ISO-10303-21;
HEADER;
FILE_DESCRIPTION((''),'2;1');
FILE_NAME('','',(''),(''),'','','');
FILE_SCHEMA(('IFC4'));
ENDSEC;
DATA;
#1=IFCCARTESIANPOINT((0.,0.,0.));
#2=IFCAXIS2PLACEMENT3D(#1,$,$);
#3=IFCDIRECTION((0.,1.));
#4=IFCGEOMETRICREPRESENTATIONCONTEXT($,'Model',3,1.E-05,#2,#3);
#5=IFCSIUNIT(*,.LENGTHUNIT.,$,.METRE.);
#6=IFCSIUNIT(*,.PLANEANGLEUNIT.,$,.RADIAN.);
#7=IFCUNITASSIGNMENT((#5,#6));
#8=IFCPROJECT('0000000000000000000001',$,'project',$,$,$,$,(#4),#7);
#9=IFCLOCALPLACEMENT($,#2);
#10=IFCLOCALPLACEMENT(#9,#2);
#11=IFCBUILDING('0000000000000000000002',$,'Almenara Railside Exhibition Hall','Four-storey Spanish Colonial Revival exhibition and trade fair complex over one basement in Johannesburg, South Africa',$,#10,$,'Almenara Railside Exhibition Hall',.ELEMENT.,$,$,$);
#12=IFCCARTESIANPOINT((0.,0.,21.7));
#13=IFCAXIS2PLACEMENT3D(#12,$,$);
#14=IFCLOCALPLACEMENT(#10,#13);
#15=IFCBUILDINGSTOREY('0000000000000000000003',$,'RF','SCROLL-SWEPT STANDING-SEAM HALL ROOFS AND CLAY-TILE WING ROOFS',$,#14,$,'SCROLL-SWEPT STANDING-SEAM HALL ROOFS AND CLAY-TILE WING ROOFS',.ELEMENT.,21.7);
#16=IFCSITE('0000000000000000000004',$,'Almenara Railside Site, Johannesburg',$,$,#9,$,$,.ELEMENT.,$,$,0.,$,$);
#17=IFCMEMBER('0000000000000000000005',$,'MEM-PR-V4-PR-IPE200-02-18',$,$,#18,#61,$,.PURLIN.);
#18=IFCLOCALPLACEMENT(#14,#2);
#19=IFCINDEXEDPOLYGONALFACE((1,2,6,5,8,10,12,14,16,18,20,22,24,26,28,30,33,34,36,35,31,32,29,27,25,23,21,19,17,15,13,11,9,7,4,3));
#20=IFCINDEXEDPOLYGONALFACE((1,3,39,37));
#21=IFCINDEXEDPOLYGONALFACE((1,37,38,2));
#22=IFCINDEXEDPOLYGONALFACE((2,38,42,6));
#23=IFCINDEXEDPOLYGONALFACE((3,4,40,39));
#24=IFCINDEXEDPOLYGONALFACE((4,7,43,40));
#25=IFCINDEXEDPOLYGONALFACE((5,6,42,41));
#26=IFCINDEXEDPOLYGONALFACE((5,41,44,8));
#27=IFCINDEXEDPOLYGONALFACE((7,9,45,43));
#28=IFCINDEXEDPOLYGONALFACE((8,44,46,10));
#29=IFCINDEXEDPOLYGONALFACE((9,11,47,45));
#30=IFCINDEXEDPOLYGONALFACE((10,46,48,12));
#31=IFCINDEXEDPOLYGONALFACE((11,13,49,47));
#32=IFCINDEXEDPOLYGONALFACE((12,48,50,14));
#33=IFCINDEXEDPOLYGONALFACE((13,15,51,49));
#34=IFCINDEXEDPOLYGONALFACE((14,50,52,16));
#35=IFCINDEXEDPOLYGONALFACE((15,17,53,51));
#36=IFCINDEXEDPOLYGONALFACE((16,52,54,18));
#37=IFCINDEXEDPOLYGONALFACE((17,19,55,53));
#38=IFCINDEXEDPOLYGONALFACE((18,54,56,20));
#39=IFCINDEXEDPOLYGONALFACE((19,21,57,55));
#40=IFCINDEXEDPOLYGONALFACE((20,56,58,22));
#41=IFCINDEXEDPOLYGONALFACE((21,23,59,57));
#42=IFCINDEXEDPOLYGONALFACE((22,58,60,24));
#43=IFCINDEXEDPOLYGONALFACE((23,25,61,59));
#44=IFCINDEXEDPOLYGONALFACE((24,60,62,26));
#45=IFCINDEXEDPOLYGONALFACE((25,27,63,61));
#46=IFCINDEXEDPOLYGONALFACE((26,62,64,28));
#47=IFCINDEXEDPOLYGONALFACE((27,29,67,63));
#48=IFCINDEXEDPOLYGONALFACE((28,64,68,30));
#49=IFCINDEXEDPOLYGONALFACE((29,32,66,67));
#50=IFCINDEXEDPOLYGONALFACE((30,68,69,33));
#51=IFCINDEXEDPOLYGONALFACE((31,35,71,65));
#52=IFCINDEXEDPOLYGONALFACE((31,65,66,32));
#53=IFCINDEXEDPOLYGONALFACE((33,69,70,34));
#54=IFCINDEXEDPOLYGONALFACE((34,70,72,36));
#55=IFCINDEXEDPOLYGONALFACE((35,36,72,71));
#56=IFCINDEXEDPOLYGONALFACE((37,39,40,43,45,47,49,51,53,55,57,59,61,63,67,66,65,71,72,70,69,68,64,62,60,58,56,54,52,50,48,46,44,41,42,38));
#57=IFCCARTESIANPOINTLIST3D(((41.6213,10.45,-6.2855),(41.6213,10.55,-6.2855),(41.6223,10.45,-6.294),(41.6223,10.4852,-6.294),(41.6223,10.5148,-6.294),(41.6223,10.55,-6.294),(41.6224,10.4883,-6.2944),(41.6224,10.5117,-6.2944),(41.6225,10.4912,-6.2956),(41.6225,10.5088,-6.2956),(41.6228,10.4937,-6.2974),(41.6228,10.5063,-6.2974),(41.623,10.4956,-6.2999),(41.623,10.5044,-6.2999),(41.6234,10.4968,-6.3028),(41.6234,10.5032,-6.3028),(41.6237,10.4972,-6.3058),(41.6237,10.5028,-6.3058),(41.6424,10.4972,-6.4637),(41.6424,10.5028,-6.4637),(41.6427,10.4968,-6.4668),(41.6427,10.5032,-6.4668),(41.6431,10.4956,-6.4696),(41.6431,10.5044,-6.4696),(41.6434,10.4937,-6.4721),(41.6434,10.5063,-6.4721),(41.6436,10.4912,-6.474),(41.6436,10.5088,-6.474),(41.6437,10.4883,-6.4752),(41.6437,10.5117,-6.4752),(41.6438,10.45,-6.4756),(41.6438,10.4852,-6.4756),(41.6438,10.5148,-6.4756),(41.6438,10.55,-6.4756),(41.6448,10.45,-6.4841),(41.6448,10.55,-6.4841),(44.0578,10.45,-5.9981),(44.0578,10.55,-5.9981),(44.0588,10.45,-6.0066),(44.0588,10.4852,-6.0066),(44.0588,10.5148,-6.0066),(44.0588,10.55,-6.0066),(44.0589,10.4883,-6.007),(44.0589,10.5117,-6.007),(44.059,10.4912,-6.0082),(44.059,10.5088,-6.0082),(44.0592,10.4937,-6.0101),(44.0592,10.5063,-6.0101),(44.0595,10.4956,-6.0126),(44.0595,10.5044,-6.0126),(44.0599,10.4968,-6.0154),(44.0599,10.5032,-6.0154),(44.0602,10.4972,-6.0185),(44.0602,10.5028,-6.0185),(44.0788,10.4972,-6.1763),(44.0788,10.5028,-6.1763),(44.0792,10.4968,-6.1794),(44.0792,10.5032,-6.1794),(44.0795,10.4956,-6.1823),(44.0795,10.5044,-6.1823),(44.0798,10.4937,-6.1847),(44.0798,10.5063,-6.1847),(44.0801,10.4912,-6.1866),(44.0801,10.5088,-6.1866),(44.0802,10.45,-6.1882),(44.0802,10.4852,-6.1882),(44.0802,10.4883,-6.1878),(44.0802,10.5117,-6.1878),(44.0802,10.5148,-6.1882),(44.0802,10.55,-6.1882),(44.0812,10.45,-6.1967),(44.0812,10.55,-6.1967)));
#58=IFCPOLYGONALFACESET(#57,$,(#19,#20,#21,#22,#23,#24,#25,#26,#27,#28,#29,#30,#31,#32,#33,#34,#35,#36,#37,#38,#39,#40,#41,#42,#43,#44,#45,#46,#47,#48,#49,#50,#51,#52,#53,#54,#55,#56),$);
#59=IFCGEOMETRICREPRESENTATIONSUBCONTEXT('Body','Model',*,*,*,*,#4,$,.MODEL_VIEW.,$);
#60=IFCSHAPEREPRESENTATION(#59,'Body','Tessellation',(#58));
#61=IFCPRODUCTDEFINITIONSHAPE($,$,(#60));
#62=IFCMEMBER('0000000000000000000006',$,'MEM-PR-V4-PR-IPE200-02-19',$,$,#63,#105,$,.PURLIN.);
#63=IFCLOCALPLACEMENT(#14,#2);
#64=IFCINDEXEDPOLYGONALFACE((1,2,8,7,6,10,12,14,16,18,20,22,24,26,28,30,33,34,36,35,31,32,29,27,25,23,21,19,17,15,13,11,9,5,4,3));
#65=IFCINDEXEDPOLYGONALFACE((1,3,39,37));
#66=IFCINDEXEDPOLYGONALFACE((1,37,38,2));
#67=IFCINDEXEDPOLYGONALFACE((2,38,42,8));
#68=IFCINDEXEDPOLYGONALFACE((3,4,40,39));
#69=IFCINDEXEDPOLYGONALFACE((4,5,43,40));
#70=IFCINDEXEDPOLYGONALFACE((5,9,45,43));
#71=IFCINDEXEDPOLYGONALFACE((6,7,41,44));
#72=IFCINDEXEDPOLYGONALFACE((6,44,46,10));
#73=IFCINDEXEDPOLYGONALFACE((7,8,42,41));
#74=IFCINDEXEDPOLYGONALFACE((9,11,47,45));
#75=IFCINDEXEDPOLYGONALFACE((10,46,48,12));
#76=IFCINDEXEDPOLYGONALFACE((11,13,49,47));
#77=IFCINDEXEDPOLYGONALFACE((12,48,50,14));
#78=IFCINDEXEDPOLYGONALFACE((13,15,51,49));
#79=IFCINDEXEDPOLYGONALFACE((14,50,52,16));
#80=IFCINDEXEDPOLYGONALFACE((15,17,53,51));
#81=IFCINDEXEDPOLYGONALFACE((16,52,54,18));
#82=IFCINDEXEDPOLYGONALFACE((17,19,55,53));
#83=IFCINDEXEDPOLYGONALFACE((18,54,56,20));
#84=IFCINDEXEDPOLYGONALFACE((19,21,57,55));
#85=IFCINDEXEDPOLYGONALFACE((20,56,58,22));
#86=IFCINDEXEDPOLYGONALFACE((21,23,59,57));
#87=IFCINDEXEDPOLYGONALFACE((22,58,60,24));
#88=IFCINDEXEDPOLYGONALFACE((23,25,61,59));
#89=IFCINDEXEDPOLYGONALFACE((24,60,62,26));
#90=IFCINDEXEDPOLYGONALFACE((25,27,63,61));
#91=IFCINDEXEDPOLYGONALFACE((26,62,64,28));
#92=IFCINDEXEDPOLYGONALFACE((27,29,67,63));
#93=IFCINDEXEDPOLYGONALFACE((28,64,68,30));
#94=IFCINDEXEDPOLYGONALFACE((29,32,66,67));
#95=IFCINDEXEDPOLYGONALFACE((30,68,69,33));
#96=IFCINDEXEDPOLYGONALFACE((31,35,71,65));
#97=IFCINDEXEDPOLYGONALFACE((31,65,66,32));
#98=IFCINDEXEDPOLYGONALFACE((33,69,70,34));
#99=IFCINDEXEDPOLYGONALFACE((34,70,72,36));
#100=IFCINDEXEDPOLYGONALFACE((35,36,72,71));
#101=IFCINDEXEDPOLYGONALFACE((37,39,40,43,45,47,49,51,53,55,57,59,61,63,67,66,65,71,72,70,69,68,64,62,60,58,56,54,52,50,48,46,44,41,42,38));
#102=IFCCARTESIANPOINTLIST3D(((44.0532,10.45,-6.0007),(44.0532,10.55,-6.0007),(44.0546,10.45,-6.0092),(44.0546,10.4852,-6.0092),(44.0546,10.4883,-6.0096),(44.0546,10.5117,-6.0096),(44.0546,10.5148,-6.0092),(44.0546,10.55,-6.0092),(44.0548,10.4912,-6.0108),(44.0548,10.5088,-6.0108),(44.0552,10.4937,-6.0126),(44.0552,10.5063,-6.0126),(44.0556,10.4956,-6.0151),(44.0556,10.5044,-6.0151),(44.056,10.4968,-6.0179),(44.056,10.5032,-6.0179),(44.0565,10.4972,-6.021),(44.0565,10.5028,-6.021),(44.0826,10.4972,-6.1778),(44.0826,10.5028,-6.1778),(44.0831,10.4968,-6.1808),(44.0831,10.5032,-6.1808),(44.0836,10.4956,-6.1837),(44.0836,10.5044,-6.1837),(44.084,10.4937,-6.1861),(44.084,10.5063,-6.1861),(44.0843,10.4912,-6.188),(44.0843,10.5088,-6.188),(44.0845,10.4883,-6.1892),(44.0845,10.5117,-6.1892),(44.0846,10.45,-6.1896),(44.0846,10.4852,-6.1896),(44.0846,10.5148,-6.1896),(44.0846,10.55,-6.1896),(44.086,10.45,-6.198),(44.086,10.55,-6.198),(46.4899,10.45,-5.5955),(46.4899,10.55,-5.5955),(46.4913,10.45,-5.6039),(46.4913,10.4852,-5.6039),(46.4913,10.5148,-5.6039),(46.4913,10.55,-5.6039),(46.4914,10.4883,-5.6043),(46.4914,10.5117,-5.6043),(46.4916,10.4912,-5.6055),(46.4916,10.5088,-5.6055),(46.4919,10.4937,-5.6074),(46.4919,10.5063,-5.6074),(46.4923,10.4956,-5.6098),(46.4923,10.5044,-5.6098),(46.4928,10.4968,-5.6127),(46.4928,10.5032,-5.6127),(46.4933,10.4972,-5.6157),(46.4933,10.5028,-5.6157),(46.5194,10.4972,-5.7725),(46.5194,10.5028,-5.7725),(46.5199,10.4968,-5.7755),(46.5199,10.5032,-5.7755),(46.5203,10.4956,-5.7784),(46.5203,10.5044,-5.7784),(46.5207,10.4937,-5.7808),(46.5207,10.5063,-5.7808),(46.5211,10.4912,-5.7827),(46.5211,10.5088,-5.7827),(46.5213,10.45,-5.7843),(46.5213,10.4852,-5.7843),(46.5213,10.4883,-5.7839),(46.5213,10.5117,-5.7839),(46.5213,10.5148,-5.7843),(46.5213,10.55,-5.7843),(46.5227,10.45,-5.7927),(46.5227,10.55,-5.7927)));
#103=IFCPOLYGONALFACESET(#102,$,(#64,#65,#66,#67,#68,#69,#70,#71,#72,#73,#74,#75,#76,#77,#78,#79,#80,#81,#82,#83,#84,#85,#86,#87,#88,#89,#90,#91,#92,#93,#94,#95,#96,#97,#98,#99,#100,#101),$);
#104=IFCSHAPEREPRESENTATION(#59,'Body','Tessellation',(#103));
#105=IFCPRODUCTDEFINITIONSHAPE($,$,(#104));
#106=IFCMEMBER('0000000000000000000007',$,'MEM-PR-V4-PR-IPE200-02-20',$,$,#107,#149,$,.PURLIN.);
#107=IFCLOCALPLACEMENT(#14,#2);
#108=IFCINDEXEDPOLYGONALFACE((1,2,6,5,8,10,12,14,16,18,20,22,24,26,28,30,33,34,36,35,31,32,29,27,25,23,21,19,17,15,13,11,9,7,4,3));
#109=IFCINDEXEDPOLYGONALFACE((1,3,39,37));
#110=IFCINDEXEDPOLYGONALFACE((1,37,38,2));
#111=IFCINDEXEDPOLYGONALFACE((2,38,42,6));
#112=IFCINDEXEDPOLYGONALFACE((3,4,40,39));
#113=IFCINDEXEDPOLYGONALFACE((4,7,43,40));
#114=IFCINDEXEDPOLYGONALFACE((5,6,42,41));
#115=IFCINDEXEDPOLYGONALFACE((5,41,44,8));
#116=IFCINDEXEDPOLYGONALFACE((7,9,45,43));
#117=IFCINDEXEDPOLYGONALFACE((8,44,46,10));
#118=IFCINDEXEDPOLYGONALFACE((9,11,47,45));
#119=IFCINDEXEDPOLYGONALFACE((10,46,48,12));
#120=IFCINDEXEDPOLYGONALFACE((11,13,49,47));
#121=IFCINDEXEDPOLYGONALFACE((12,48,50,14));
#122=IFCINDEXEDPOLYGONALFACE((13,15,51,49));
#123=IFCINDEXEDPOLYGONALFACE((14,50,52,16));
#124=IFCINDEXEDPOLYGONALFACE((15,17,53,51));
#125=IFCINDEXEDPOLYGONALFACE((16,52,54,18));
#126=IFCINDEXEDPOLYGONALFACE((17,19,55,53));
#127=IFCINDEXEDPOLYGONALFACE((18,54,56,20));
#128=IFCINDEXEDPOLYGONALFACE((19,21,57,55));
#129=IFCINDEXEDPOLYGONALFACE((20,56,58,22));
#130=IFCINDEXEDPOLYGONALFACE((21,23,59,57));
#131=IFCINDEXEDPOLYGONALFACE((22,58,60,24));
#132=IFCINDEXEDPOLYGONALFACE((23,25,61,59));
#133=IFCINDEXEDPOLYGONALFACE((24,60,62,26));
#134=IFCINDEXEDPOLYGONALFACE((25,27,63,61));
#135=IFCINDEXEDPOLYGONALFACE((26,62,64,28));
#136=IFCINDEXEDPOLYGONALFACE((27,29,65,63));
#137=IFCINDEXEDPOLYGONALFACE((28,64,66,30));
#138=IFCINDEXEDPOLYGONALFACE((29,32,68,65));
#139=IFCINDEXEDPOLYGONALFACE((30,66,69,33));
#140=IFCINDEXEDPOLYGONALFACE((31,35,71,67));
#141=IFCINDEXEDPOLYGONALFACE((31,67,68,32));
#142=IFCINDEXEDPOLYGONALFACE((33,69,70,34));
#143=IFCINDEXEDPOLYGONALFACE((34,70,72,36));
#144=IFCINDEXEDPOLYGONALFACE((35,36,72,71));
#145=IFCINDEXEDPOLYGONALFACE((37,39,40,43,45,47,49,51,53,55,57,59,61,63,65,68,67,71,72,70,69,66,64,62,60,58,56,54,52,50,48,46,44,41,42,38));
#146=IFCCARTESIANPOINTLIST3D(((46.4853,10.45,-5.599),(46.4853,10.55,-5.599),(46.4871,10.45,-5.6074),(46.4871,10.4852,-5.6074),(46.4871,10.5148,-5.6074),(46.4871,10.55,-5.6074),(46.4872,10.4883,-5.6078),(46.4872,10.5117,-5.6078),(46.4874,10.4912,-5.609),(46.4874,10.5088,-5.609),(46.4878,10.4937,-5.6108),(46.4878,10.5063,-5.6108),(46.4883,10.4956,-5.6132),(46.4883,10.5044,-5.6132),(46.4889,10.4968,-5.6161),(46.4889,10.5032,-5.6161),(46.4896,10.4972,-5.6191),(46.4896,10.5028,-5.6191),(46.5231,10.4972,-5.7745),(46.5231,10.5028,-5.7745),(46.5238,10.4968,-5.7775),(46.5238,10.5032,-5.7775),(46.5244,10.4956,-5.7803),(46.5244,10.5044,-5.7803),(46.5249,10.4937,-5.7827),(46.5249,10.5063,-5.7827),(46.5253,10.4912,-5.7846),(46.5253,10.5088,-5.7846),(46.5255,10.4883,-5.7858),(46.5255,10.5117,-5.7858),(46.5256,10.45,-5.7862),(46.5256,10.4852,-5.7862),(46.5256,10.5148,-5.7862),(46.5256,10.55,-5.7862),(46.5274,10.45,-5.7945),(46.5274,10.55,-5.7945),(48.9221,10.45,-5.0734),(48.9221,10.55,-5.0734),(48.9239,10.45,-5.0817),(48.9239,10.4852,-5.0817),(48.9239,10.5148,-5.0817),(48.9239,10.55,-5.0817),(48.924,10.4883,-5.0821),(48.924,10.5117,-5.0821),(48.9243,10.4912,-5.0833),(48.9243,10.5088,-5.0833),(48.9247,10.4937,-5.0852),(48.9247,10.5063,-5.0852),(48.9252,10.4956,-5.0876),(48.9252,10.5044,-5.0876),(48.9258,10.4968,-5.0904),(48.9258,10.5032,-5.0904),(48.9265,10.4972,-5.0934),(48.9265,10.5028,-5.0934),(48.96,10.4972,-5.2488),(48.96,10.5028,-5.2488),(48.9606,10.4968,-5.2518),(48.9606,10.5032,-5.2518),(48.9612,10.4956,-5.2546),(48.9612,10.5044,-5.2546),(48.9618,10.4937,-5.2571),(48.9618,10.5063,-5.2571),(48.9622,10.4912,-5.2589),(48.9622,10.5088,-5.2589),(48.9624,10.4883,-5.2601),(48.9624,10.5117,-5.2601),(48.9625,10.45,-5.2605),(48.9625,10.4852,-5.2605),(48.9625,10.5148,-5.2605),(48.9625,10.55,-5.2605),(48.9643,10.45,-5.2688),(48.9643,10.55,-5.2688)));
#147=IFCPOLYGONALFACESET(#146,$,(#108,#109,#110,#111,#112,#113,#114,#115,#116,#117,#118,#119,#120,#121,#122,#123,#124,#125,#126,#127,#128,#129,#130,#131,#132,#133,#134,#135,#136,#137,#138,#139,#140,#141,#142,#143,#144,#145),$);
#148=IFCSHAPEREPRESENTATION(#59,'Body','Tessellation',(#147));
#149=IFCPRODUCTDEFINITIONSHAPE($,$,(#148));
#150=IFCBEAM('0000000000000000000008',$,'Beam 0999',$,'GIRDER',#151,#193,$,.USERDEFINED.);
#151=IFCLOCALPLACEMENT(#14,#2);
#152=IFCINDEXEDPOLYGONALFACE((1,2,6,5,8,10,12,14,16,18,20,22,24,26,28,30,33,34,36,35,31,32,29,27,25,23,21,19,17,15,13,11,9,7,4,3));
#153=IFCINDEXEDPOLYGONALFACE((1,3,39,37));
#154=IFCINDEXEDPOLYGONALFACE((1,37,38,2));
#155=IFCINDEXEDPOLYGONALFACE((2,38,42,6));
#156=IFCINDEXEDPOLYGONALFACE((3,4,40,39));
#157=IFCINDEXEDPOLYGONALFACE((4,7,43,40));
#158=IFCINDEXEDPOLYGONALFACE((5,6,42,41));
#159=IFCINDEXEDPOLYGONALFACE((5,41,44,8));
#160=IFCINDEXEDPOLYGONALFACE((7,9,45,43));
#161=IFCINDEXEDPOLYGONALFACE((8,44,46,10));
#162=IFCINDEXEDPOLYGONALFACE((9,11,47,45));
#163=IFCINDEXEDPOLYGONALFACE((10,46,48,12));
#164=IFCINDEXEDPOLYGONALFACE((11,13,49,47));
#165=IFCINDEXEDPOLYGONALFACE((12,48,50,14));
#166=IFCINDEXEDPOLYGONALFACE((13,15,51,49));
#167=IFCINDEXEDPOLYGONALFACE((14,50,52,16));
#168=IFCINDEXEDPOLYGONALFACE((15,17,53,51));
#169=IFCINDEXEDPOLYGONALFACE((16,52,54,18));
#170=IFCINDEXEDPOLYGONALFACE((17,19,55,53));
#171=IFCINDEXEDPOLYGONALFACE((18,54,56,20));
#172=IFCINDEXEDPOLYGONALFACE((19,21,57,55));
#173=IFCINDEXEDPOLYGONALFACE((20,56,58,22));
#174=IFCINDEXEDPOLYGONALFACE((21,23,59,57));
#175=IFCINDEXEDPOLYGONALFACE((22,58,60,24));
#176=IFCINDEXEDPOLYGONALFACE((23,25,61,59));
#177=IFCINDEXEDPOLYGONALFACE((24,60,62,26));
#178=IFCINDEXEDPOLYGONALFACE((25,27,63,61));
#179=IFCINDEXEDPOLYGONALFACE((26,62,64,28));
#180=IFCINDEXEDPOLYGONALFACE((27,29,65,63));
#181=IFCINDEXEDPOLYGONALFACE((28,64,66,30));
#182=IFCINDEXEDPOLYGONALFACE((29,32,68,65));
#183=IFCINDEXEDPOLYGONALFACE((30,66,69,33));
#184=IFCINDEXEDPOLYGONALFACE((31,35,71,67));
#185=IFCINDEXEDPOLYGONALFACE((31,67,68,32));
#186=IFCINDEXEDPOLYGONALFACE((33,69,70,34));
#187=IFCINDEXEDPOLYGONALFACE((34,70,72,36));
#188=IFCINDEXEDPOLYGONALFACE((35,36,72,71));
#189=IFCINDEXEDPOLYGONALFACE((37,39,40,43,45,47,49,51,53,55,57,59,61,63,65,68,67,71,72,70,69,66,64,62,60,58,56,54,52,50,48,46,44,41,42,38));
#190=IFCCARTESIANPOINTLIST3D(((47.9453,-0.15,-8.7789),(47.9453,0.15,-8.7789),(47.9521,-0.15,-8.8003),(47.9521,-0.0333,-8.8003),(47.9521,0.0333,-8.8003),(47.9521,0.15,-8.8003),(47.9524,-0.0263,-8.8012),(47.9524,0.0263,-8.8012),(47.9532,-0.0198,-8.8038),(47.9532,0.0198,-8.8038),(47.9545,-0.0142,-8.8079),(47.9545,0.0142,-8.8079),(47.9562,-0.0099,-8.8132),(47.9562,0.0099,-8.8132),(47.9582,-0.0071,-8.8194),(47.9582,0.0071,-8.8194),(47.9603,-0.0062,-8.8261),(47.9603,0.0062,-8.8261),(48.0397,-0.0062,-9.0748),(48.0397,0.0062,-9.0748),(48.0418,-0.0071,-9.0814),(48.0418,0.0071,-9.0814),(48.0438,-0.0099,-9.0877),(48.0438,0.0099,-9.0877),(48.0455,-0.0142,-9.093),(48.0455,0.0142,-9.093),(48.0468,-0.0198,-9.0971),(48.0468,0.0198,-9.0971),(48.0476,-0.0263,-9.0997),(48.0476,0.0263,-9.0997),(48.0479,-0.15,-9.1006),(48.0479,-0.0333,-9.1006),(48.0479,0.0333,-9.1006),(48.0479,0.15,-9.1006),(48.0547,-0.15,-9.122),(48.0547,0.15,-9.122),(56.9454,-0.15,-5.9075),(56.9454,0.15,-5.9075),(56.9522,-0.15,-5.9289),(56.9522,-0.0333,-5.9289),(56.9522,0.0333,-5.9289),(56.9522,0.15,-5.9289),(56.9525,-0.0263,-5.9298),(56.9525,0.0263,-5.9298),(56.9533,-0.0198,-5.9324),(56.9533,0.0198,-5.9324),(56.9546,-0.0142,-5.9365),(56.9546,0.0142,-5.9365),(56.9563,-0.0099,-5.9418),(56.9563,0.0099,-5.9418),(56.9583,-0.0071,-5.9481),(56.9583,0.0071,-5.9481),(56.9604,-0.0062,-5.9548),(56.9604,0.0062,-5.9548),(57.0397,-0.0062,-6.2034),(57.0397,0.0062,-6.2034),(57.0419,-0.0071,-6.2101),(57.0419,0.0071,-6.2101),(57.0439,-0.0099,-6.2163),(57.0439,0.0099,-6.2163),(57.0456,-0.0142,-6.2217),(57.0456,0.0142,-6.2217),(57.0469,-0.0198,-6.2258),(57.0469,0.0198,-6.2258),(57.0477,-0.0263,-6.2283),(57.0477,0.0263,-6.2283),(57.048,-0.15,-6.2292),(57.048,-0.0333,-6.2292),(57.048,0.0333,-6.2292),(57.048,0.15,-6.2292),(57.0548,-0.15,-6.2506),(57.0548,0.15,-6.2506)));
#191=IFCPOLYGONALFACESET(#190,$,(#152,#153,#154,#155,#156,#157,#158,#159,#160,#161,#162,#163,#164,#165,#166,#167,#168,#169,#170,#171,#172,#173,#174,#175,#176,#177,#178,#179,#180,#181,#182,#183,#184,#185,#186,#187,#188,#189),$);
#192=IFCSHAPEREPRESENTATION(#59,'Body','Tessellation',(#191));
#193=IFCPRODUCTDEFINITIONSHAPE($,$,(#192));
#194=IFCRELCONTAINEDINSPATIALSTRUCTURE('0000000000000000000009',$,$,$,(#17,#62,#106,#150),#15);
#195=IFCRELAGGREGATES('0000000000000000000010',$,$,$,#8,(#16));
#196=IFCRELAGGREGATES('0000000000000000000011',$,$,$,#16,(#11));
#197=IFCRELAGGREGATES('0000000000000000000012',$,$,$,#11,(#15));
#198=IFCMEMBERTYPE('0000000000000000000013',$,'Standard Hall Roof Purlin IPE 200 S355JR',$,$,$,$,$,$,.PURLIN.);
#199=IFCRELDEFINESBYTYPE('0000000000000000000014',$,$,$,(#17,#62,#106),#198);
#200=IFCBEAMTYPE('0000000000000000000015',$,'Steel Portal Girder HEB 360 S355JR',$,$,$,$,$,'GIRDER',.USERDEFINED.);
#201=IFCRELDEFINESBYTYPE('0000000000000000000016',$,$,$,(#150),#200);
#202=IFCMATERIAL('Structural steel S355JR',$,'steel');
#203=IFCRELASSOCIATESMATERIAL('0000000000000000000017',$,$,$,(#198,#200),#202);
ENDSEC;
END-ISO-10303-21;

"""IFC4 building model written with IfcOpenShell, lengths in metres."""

from ifc_helpers import new_model, si_unit, direction, frame, origin, origin_2d, place, context, subcontext, project, spatial, i_section, extrude, material, material_profile, profile_set, type_object, element, save


model = new_model("IFC4")

# Units and contexts
model_context = context("Model", 3, precision=1e-05, world=origin(), true_north=direction((0.0, 1.0)))
body_context = subcontext(model_context, "Body", "Model", "MODEL_VIEW")
ifc_project = project(units=[si_unit("LENGTHUNIT", "METRE"), si_unit("PLANEANGLEUNIT", "RADIAN")], contexts=[model_context])

# Site, building, storey
site_placement = place(None, origin())
site = spatial("IfcSite", under=ifc_project, at=site_placement, Name="Almenara Railside Site, Johannesburg", CompositionType="ELEMENT", RefElevation=0.0)
building_placement = place(site_placement, origin())
building = spatial("IfcBuilding", under=site, at=building_placement, Name="Almenara Railside Exhibition Hall", Description="Four-storey Spanish Colonial Revival exhibition and trade fair complex over one basement in Johannesburg, South Africa", LongName="Almenara Railside Exhibition Hall", CompositionType="ELEMENT")
storey_placement = place(building_placement, frame((0.0, 0.0, 21.7)))
storey = spatial("IfcBuildingStorey", under=building, at=storey_placement, Name="RF", Description="SCROLL-SWEPT STANDING-SEAM HALL ROOFS AND CLAY-TILE WING ROOFS", LongName="SCROLL-SWEPT STANDING-SEAM HALL ROOFS AND CLAY-TILE WING ROOFS", CompositionType="ELEMENT", Elevation=21.7)

# Shared definitions
ifc_material_1 = material(Name="Structural steel S355JR", Category="steel")

# Members
ifc_material_profile_1 = material_profile(ifc_material_1, i_section(OverallWidth=0.1001, OverallDepth=0.2, WebThickness=0.0056, FlangeThickness=0.0085, FilletRadius=0.012, at=origin_2d()), Name="IPE 200")
ifc_profile_set_1 = profile_set([ifc_material_profile_1], Name="Structural steel S355JR")
member_type_1 = type_object("IfcMemberType", Name="Standard Hall Roof Purlin IPE 200 S355JR", PredefinedType="PURLIN", material=ifc_profile_set_1)
member_1_placement = place(storey_placement, frame((41.6331, 10.5, -6.3848), z_axis=(0.993117, 0.0, 0.117124), x_axis=(0.0, 1.0, 0.0)))
element("IfcMember", 1, at=member_1_placement, inside=storey, type_object=member_type_1, Name="MEM-PR-V4-PR-IPE200-02-18", PredefinedType="PURLIN", context=body_context, shape_type="SweptSolid", body=[
    extrude(i_section(OverallWidth=0.1001, OverallDepth=0.2, WebThickness=0.0056, FlangeThickness=0.0085, FilletRadius=0.012, at=origin_2d()), origin(), (0.0, 0.0, 1.0), 2.4534),
])
member_2_placement = place(storey_placement, frame((44.0696, 10.5, -6.0994), z_axis=(0.98645, 0.0, 0.164062), x_axis=(0.0, 1.0, 0.0)))
element("IfcMember", 2, at=member_2_placement, inside=storey, type_object=member_type_1, Name="MEM-PR-V4-PR-IPE200-02-19", PredefinedType="PURLIN", context=body_context, shape_type="SweptSolid", body=[
    extrude(i_section(OverallWidth=0.1001, OverallDepth=0.2, WebThickness=0.0056, FlangeThickness=0.0085, FilletRadius=0.012, at=origin_2d()), origin(), (0.0, 0.0, 1.0), 2.4702),
])
member_3_placement = place(storey_placement, frame((46.5063, 10.5, -5.6968), z_axis=(0.977516, 0.0, 0.21086), x_axis=(0.0, 1.0, 0.0)))
element("IfcMember", 3, at=member_3_placement, inside=storey, type_object=member_type_1, Name="MEM-PR-V4-PR-IPE200-02-20", PredefinedType="PURLIN", context=body_context, shape_type="SweptSolid", body=[
    extrude(i_section(OverallWidth=0.1001, OverallDepth=0.2, WebThickness=0.0056, FlangeThickness=0.0085, FilletRadius=0.012, at=origin_2d()), origin(), (0.0, 0.0, 1.0), 2.4929),
])

# Beam
ifc_material_profile_2 = material_profile(ifc_material_1, i_section(OverallWidth=0.3, OverallDepth=0.3601, WebThickness=0.0125, FlangeThickness=0.0225, FilletRadius=0.0271, at=origin_2d()), Name="HEB 360")
ifc_profile_set_2 = profile_set([ifc_material_profile_2], Name="Structural steel S355JR")
beam_type = type_object("IfcBeamType", Name="Steel Portal Girder HEB 360 S355JR", ElementType="GIRDER", PredefinedType="USERDEFINED", material=ifc_profile_set_2)
beam_placement = place(storey_placement, frame((48.0, 0.0, -8.9504), z_axis=(0.95269, 0.0, 0.303944), x_axis=(0.0, 1.0, 0.0)))
element("IfcBeam", 4, at=beam_placement, inside=storey, type_object=beam_type, Name="Beam 0999", ObjectType="GIRDER", PredefinedType="USERDEFINED", context=body_context, shape_type="SweptSolid", body=[
    extrude(i_section(OverallWidth=0.3, OverallDepth=0.3601, WebThickness=0.0125, FlangeThickness=0.0225, FilletRadius=0.0271, at=origin_2d()), origin(), (0.0, 0.0, 1.0), 9.447),
])

save(model, "model.ifc")
